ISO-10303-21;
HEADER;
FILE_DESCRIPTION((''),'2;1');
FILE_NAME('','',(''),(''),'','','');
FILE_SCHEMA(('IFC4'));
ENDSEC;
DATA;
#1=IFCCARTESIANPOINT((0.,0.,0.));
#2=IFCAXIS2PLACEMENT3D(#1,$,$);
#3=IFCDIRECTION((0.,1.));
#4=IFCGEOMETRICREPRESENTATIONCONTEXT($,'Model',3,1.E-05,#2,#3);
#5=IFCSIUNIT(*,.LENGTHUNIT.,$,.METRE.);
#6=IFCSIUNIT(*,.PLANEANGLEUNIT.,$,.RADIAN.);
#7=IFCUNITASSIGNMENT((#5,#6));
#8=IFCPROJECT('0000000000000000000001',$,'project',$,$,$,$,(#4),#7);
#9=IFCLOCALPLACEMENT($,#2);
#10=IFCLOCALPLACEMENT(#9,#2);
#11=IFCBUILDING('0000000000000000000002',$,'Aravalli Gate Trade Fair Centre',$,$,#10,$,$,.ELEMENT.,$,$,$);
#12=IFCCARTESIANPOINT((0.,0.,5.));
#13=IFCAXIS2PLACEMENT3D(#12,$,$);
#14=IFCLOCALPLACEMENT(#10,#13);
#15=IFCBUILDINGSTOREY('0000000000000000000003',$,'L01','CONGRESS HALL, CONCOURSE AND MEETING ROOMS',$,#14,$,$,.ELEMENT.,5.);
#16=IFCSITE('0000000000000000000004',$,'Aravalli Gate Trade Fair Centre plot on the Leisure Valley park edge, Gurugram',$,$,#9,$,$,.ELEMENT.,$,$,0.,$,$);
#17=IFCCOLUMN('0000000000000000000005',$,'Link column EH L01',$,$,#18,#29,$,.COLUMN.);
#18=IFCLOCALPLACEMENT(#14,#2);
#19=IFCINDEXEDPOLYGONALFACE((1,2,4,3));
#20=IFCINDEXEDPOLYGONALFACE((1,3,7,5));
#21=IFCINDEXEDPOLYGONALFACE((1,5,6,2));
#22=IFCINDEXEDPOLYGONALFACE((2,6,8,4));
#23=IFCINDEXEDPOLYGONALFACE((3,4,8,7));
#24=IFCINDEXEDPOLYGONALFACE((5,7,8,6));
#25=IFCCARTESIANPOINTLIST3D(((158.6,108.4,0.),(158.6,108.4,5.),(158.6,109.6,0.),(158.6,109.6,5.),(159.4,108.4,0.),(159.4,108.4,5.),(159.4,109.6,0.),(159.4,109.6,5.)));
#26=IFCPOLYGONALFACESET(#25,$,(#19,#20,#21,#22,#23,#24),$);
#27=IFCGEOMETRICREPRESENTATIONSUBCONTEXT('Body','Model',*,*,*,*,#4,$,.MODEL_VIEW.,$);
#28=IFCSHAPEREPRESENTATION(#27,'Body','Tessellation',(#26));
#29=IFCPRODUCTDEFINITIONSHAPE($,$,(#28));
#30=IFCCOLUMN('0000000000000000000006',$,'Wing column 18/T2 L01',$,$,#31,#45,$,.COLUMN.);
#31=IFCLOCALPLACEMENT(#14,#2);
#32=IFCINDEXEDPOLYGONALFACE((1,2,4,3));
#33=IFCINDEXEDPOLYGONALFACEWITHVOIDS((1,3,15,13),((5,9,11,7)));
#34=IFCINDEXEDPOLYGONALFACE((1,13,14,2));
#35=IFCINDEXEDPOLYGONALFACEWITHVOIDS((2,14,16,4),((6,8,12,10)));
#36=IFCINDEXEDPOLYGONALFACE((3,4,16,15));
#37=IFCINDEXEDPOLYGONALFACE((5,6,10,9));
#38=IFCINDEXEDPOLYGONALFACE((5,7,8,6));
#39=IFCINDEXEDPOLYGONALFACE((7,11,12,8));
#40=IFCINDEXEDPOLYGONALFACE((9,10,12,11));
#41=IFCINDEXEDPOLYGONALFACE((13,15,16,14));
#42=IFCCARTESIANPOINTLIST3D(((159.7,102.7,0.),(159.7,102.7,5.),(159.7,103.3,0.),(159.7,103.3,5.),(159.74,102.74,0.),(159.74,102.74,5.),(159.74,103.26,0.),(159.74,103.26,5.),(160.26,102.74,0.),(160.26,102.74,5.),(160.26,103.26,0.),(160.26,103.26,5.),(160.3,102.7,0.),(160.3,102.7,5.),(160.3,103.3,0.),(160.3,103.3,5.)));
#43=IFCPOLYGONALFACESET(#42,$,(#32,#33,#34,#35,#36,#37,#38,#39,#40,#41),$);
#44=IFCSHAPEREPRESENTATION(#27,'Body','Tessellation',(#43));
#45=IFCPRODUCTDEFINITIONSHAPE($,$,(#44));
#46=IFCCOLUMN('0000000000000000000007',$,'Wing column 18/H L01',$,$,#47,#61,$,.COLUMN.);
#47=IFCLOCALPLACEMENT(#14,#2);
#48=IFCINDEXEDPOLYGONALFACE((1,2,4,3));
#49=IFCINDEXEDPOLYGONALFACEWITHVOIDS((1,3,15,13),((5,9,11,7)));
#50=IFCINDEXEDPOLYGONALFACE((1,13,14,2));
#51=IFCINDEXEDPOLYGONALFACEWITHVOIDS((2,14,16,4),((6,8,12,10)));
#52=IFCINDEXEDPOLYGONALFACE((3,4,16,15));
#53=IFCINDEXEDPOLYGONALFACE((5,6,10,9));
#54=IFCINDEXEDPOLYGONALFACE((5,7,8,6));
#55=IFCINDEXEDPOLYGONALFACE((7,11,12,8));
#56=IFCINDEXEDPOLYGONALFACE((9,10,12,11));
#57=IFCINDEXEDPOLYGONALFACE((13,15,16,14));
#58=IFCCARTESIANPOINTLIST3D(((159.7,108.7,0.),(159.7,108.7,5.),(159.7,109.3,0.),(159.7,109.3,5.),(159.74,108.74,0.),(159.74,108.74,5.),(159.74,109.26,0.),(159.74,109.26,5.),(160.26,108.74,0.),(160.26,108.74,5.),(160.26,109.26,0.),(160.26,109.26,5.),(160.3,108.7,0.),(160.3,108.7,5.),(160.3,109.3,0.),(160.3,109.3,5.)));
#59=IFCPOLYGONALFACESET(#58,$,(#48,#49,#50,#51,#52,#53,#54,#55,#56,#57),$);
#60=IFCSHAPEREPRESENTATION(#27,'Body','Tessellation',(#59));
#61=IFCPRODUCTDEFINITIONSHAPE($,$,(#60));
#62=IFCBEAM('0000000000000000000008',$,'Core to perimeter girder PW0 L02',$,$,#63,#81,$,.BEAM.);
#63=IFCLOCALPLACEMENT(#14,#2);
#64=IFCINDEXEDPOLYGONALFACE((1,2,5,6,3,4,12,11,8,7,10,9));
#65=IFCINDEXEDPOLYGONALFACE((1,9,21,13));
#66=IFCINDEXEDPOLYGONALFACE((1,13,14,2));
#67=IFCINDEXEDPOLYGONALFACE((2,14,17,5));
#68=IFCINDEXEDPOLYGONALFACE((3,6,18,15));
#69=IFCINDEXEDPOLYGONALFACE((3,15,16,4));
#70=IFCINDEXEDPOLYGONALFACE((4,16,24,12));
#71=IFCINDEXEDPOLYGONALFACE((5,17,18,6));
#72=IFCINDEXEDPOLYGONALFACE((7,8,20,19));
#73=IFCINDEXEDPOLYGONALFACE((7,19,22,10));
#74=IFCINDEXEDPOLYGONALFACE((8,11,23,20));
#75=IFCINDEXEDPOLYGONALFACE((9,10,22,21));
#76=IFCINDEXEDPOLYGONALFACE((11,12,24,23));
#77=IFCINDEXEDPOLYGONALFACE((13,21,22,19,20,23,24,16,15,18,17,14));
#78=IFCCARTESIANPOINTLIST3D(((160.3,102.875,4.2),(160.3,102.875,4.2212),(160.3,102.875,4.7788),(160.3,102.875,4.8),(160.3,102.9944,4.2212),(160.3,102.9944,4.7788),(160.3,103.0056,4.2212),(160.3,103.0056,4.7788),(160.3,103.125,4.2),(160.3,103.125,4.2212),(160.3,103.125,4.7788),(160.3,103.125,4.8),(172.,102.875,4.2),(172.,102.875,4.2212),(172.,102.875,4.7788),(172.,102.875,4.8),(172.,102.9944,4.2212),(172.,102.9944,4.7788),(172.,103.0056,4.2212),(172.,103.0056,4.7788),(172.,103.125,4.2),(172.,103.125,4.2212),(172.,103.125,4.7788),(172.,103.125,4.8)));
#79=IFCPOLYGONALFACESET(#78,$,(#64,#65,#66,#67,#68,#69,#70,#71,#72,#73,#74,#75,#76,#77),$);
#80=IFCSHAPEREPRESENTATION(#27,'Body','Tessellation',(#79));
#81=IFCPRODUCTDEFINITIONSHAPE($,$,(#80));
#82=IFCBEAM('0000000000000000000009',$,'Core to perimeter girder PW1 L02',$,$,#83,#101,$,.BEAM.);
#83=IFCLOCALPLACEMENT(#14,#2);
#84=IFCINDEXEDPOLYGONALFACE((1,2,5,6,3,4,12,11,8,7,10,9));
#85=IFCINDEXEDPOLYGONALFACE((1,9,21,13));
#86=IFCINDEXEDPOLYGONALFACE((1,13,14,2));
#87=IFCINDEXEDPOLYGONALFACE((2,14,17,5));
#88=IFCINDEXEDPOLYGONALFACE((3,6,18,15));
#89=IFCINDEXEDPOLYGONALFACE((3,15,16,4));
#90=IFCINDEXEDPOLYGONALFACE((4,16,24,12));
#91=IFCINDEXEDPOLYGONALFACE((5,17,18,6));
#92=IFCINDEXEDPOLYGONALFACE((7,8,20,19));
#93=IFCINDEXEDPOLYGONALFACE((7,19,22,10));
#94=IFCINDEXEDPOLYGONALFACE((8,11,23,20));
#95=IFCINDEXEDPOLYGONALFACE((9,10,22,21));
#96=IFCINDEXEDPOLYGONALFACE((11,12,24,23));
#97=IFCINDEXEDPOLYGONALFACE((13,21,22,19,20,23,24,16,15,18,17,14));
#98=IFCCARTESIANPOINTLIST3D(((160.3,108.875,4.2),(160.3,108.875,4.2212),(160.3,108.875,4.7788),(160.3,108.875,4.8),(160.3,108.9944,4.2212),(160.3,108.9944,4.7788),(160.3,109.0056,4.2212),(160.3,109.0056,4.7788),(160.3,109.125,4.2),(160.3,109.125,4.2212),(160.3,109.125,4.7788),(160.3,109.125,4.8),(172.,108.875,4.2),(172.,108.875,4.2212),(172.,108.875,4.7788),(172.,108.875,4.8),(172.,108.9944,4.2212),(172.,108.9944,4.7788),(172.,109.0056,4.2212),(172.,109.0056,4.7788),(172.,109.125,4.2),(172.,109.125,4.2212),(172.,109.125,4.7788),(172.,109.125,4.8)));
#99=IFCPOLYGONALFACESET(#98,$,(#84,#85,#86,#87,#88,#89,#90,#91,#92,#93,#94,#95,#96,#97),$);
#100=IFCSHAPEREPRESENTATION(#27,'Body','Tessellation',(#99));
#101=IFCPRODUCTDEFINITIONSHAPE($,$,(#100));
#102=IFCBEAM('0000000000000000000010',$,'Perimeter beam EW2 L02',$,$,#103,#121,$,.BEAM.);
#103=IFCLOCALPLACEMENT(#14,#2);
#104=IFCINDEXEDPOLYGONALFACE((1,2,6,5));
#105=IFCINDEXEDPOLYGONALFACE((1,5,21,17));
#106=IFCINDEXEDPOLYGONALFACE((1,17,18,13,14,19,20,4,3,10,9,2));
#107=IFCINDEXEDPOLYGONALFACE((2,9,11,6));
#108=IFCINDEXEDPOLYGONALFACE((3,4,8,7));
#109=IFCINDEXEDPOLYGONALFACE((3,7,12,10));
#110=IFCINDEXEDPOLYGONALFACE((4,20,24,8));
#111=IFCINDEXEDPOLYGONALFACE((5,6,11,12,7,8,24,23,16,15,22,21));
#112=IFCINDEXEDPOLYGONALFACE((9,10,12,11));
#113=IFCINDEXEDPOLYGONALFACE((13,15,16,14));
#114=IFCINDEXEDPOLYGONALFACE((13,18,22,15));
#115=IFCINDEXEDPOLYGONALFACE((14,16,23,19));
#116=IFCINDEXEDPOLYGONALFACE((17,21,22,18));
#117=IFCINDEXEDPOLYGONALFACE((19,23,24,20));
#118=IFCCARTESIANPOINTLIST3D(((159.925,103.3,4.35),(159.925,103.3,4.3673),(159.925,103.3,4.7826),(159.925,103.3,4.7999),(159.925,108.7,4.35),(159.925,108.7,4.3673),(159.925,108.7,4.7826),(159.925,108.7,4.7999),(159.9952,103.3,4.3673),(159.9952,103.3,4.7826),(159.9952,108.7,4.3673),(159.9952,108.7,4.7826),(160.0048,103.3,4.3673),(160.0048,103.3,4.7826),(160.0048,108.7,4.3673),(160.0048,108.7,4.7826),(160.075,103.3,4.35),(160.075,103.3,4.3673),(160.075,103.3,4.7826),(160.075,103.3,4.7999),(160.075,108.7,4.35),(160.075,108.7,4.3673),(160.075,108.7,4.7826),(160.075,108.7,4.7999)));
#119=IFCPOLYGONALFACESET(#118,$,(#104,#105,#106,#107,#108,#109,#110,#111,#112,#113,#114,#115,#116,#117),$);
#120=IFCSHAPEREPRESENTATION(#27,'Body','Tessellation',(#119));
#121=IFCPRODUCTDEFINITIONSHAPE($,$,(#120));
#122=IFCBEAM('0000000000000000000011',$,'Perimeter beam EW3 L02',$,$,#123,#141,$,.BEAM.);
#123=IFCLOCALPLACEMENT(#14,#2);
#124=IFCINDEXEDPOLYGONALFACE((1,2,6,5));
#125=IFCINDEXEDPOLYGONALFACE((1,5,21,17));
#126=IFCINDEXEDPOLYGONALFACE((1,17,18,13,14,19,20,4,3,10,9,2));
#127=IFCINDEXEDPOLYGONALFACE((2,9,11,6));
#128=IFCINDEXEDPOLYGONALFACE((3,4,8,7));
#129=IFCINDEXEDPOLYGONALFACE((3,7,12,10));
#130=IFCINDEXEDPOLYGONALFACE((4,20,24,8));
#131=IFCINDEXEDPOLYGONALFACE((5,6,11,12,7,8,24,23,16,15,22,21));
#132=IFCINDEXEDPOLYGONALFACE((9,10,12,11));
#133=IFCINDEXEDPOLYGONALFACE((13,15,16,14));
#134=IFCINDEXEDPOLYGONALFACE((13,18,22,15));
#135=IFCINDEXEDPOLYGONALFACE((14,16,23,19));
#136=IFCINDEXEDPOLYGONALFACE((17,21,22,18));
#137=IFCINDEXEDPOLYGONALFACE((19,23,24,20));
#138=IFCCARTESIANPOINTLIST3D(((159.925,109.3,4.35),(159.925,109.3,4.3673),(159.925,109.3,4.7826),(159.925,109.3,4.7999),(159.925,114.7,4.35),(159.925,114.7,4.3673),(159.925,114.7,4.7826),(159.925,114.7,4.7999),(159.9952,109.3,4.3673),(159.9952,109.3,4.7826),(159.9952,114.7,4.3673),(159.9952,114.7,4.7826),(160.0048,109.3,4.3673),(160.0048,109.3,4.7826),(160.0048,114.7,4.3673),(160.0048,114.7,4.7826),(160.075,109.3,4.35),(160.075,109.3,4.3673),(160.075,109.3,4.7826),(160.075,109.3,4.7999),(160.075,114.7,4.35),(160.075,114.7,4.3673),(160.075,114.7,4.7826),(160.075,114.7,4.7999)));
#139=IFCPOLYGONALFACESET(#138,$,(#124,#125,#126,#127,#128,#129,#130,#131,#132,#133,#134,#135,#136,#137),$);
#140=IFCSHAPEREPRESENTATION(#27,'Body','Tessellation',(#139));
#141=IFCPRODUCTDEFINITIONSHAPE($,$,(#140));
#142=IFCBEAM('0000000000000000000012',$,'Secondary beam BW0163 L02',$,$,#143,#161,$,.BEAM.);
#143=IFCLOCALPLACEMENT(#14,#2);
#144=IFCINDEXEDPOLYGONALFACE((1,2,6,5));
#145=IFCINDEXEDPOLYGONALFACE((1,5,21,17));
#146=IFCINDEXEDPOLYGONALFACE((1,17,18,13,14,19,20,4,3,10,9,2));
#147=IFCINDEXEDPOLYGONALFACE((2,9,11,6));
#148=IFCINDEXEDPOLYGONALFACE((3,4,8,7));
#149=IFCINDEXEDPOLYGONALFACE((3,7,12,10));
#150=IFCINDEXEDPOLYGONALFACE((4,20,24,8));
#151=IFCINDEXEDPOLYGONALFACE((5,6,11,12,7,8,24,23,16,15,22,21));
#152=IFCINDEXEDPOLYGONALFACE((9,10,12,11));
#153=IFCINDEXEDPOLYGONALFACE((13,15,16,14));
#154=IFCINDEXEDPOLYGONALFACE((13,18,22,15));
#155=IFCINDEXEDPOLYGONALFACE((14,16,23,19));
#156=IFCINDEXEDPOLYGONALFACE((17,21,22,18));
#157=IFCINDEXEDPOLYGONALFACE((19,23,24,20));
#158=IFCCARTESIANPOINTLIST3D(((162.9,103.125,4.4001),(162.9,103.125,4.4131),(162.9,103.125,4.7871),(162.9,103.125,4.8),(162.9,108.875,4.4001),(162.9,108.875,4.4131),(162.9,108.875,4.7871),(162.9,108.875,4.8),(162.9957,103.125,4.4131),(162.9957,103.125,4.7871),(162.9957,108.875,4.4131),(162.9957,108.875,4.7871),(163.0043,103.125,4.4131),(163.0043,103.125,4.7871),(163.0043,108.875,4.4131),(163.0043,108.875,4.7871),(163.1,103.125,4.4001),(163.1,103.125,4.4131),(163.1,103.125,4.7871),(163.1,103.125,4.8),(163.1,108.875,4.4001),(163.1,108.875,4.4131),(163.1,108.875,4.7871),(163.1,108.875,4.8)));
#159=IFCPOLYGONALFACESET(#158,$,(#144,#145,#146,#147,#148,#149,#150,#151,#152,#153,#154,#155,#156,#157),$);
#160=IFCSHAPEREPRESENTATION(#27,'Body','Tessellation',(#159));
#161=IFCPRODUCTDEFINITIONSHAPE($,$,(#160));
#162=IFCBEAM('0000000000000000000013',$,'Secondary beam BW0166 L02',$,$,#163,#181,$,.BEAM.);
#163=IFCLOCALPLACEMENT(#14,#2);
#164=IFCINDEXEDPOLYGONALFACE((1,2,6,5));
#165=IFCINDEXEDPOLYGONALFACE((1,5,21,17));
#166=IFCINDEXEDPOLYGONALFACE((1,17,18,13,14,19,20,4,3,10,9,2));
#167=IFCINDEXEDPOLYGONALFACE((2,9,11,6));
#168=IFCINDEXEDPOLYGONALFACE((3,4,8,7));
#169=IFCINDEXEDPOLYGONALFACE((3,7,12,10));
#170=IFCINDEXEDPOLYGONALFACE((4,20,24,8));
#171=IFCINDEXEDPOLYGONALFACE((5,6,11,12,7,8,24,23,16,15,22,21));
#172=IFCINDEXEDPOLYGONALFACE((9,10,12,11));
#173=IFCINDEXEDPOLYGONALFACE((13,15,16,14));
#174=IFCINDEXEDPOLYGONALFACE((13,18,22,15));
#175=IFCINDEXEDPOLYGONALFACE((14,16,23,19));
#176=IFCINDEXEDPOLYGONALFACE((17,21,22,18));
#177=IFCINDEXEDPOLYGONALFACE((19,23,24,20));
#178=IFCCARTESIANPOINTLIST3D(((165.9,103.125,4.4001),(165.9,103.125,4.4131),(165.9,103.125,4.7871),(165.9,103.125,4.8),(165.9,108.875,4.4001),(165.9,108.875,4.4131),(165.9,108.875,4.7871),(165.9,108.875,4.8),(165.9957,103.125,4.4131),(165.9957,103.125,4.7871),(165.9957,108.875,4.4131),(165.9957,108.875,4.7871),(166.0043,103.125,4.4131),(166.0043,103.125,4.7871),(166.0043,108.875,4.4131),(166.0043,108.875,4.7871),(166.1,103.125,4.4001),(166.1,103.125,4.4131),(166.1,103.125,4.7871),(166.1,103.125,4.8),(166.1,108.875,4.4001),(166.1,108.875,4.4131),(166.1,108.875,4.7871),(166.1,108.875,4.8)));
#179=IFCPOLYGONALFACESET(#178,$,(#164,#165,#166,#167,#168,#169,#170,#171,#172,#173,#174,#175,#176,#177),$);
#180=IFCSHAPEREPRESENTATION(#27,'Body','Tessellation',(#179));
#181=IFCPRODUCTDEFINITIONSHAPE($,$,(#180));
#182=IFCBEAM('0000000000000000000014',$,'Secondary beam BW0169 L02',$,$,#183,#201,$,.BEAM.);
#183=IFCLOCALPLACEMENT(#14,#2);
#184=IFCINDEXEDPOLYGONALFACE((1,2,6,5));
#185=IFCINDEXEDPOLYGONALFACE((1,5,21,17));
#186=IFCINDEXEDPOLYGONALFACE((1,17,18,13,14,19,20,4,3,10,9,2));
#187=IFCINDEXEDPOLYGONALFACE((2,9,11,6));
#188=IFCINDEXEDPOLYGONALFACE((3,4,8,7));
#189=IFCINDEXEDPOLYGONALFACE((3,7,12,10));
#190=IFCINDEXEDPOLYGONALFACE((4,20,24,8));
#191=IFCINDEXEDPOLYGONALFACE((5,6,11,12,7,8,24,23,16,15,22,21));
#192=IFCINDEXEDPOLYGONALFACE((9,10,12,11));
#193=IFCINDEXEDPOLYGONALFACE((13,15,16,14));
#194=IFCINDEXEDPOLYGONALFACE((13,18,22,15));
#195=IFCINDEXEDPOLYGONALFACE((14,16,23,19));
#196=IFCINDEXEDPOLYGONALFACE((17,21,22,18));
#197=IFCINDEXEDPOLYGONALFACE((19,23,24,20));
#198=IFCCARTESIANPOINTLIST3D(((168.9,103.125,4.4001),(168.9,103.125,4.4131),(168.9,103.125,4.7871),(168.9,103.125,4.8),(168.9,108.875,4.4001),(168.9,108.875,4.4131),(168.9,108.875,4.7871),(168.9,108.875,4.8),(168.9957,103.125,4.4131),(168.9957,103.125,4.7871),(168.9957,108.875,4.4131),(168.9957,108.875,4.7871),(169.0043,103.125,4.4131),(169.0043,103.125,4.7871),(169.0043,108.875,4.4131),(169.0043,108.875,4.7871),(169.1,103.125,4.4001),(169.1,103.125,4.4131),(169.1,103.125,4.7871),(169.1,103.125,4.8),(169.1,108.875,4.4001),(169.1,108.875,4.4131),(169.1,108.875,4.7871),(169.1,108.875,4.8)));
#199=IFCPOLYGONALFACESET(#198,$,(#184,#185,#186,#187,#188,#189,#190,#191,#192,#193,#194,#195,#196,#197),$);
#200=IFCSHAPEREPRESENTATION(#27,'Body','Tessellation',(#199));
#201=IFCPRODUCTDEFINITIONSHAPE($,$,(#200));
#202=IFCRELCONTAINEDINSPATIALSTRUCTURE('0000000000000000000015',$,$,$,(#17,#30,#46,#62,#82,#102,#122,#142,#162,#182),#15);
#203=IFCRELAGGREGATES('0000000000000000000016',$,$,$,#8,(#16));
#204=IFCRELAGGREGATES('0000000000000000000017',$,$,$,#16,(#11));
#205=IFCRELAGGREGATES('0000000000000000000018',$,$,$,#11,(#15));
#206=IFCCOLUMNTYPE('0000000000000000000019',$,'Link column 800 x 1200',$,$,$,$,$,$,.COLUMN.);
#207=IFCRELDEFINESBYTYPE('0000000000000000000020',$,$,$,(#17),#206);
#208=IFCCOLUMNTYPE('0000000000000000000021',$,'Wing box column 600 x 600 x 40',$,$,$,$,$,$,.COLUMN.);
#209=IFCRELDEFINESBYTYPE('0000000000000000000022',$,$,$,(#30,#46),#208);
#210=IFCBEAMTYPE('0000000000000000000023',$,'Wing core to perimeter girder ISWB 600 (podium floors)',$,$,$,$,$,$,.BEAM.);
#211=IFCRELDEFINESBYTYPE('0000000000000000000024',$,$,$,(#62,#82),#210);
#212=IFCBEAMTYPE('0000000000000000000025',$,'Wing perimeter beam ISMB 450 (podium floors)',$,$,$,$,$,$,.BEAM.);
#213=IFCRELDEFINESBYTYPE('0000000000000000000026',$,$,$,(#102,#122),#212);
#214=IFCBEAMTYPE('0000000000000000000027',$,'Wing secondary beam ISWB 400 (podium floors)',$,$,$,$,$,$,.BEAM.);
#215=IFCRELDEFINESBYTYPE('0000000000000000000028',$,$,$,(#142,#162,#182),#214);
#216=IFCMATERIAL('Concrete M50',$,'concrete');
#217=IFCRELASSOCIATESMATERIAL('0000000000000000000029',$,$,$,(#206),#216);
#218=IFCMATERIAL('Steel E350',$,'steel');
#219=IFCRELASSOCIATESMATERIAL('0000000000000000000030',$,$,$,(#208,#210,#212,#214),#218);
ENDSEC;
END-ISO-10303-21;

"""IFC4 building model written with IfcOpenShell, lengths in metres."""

from ifc_helpers import new_model, si_unit, direction, frame, origin, origin_2d, place, context, subcontext, project, spatial, rectangle, hollow_rectangle, i_section, extrude, material, material_profile, profile_set, type_object, element, save


model = new_model("IFC4")

# Units and contexts
model_context = context("Model", 3, precision=1e-05, world=origin(), true_north=direction((0.0, 1.0)))
body_context = subcontext(model_context, "Body", "Model", "MODEL_VIEW")
ifc_project = project(units=[si_unit("LENGTHUNIT", "METRE"), si_unit("PLANEANGLEUNIT", "RADIAN")], contexts=[model_context])

# Site, building, storey
site_placement = place(None, origin())
site = spatial("IfcSite", under=ifc_project, at=site_placement, Name="Aravalli Gate Trade Fair Centre plot on the Leisure Valley park edge, Gurugram", CompositionType="ELEMENT", RefElevation=0.0)
building_placement = place(site_placement, origin())
building = spatial("IfcBuilding", under=site, at=building_placement, Name="Aravalli Gate Trade Fair Centre", CompositionType="ELEMENT")
storey_placement = place(building_placement, frame((0.0, 0.0, 5.0)))
storey = spatial("IfcBuildingStorey", under=building, at=storey_placement, Name="L01", Description="CONGRESS HALL, CONCOURSE AND MEETING ROOMS", CompositionType="ELEMENT", Elevation=5.0)

# Columns
ifc_material_1 = material(Name="Concrete M50", Category="concrete")
ifc_material_profile_1 = material_profile(ifc_material_1, rectangle(XDim=0.8, YDim=1.2, at=origin_2d()), Name="Link column 800 x 1200")
ifc_profile_set_1 = profile_set([ifc_material_profile_1], Name="Concrete M50")
column_type_1 = type_object("IfcColumnType", Name="Link column 800 x 1200", PredefinedType="COLUMN", material=ifc_profile_set_1)
column_placement = place(storey_placement, frame((159.0, 109.0, 0.0), z_axis=(0.0, 0.0, 1.0), x_axis=(1.0, 0.0, 0.0)))
element("IfcColumn", 1, at=column_placement, inside=storey, type_object=column_type_1, Name="Link column EH L01", PredefinedType="COLUMN", context=body_context, shape_type="SweptSolid", body=[
    extrude(rectangle(XDim=0.8, YDim=1.2, at=origin_2d()), origin(), (0.0, 0.0, 1.0), 5.0),
])
ifc_material_2 = material(Name="Steel E350", Category="steel")
ifc_material_profile_2 = material_profile(ifc_material_2, hollow_rectangle(XDim=0.6001, YDim=0.6001, WallThickness=0.04, at=origin_2d()), Name="BOX 600x600x40")
ifc_profile_set_2 = profile_set([ifc_material_profile_2], Name="Steel E350")
column_type_2 = type_object("IfcColumnType", Name="Wing box column 600 x 600 x 40", PredefinedType="COLUMN", material=ifc_profile_set_2)
for number, where, z_axis, x_axis, name in (
    (2, (160.0, 103.0, 0.0), (0.0, 0.0, 1.0), (1.0, 0.0, 0.0), "Wing column 18/T2 L01"),
    (3, (160.0, 109.0, 0.0), (0.0, 0.0, 1.0), (1.0, 0.0, 0.0), "Wing column 18/H L01"),
):
    element("IfcColumn", number, at=place(storey_placement, frame(where, z_axis=z_axis, x_axis=x_axis)), inside=storey, type_object=column_type_2, Name=name, PredefinedType="COLUMN", context=body_context, shape_type="SweptSolid", body=[
        extrude(hollow_rectangle(XDim=0.6001, YDim=0.6001, WallThickness=0.04, at=origin_2d()), origin(), (0.0, 0.0, 1.0), 5.0),
    ])

# Beams
ifc_material_profile_3 = material_profile(ifc_material_2, i_section(OverallWidth=0.25, OverallDepth=0.6001, WebThickness=0.0112, FlangeThickness=0.0212, at=origin_2d()), Name="ISWB 600")
ifc_profile_set_3 = profile_set([ifc_material_profile_3], Name="Steel E350")
beam_type_1 = type_object("IfcBeamType", Name="Wing core to perimeter girder ISWB 600 (podium floors)", PredefinedType="BEAM", material=ifc_profile_set_3)
for number, where, z_axis, x_axis, name in (
    (4, (160.3, 103.0, 4.5), (1.0, 0.0, 0.0), (0.0, 1.0, 0.0), "Core to perimeter girder PW0 L02"),
    (5, (160.3, 109.0, 4.5), (1.0, 0.0, 0.0), (0.0, 1.0, 0.0), "Core to perimeter girder PW1 L02"),
):
    element("IfcBeam", number, at=place(storey_placement, frame(where, z_axis=z_axis, x_axis=x_axis)), inside=storey, type_object=beam_type_1, Name=name, PredefinedType="BEAM", context=body_context, shape_type="SweptSolid", body=[
        extrude(i_section(OverallWidth=0.25, OverallDepth=0.6001, WebThickness=0.0112, FlangeThickness=0.0212, at=origin_2d()), origin(), (0.0, 0.0, 1.0), 11.7),
    ])
ifc_material_profile_4 = material_profile(ifc_material_2, i_section(OverallWidth=0.1499, OverallDepth=0.45, WebThickness=0.0095, FlangeThickness=0.0173, at=origin_2d()), Name="ISMB 450")
ifc_profile_set_4 = profile_set([ifc_material_profile_4], Name="Steel E350")
beam_type_2 = type_object("IfcBeamType", Name="Wing perimeter beam ISMB 450 (podium floors)", PredefinedType="BEAM", material=ifc_profile_set_4)
for number, where, z_axis, x_axis, name in (
    (6, (160.0, 103.3, 4.575), (0.0, 1.0, 0.0), (-1.0, 0.0, 0.0), "Perimeter beam EW2 L02"),
    (7, (160.0, 109.3, 4.575), (0.0, 1.0, 0.0), (-1.0, 0.0, 0.0), "Perimeter beam EW3 L02"),
):
    element("IfcBeam", number, at=place(storey_placement, frame(where, z_axis=z_axis, x_axis=x_axis)), inside=storey, type_object=beam_type_2, Name=name, PredefinedType="BEAM", context=body_context, shape_type="SweptSolid", body=[
        extrude(i_section(OverallWidth=0.1499, OverallDepth=0.45, WebThickness=0.0095, FlangeThickness=0.0173, at=origin_2d()), origin(), (0.0, 0.0, 1.0), 5.3999),
    ])
ifc_material_profile_5 = material_profile(ifc_material_2, i_section(OverallWidth=0.2, OverallDepth=0.3999, WebThickness=0.0085, FlangeThickness=0.0129, at=origin_2d()), Name="ISWB 400")
ifc_profile_set_5 = profile_set([ifc_material_profile_5], Name="Steel E350")
beam_type_3 = type_object("IfcBeamType", Name="Wing secondary beam ISWB 400 (podium floors)", PredefinedType="BEAM", material=ifc_profile_set_5)
for number, where, z_axis, x_axis, name in (
    (8, (163.0, 103.125, 4.6001), (0.0, 1.0, 0.0), (-1.0, 0.0, 0.0), "Secondary beam BW0163 L02"),
    (9, (166.0, 103.125, 4.6001), (0.0, 1.0, 0.0), (-1.0, 0.0, 0.0), "Secondary beam BW0166 L02"),
    (10, (169.0, 103.125, 4.6001), (0.0, 1.0, 0.0), (-1.0, 0.0, 0.0), "Secondary beam BW0169 L02"),
):
    element("IfcBeam", number, at=place(storey_placement, frame(where, z_axis=z_axis, x_axis=x_axis)), inside=storey, type_object=beam_type_3, Name=name, PredefinedType="BEAM", context=body_context, shape_type="SweptSolid", body=[
        extrude(i_section(OverallWidth=0.2, OverallDepth=0.3999, WebThickness=0.0085, FlangeThickness=0.0129, at=origin_2d()), origin(), (0.0, 0.0, 1.0), 5.75),
    ])

save(model, "model.ifc")
